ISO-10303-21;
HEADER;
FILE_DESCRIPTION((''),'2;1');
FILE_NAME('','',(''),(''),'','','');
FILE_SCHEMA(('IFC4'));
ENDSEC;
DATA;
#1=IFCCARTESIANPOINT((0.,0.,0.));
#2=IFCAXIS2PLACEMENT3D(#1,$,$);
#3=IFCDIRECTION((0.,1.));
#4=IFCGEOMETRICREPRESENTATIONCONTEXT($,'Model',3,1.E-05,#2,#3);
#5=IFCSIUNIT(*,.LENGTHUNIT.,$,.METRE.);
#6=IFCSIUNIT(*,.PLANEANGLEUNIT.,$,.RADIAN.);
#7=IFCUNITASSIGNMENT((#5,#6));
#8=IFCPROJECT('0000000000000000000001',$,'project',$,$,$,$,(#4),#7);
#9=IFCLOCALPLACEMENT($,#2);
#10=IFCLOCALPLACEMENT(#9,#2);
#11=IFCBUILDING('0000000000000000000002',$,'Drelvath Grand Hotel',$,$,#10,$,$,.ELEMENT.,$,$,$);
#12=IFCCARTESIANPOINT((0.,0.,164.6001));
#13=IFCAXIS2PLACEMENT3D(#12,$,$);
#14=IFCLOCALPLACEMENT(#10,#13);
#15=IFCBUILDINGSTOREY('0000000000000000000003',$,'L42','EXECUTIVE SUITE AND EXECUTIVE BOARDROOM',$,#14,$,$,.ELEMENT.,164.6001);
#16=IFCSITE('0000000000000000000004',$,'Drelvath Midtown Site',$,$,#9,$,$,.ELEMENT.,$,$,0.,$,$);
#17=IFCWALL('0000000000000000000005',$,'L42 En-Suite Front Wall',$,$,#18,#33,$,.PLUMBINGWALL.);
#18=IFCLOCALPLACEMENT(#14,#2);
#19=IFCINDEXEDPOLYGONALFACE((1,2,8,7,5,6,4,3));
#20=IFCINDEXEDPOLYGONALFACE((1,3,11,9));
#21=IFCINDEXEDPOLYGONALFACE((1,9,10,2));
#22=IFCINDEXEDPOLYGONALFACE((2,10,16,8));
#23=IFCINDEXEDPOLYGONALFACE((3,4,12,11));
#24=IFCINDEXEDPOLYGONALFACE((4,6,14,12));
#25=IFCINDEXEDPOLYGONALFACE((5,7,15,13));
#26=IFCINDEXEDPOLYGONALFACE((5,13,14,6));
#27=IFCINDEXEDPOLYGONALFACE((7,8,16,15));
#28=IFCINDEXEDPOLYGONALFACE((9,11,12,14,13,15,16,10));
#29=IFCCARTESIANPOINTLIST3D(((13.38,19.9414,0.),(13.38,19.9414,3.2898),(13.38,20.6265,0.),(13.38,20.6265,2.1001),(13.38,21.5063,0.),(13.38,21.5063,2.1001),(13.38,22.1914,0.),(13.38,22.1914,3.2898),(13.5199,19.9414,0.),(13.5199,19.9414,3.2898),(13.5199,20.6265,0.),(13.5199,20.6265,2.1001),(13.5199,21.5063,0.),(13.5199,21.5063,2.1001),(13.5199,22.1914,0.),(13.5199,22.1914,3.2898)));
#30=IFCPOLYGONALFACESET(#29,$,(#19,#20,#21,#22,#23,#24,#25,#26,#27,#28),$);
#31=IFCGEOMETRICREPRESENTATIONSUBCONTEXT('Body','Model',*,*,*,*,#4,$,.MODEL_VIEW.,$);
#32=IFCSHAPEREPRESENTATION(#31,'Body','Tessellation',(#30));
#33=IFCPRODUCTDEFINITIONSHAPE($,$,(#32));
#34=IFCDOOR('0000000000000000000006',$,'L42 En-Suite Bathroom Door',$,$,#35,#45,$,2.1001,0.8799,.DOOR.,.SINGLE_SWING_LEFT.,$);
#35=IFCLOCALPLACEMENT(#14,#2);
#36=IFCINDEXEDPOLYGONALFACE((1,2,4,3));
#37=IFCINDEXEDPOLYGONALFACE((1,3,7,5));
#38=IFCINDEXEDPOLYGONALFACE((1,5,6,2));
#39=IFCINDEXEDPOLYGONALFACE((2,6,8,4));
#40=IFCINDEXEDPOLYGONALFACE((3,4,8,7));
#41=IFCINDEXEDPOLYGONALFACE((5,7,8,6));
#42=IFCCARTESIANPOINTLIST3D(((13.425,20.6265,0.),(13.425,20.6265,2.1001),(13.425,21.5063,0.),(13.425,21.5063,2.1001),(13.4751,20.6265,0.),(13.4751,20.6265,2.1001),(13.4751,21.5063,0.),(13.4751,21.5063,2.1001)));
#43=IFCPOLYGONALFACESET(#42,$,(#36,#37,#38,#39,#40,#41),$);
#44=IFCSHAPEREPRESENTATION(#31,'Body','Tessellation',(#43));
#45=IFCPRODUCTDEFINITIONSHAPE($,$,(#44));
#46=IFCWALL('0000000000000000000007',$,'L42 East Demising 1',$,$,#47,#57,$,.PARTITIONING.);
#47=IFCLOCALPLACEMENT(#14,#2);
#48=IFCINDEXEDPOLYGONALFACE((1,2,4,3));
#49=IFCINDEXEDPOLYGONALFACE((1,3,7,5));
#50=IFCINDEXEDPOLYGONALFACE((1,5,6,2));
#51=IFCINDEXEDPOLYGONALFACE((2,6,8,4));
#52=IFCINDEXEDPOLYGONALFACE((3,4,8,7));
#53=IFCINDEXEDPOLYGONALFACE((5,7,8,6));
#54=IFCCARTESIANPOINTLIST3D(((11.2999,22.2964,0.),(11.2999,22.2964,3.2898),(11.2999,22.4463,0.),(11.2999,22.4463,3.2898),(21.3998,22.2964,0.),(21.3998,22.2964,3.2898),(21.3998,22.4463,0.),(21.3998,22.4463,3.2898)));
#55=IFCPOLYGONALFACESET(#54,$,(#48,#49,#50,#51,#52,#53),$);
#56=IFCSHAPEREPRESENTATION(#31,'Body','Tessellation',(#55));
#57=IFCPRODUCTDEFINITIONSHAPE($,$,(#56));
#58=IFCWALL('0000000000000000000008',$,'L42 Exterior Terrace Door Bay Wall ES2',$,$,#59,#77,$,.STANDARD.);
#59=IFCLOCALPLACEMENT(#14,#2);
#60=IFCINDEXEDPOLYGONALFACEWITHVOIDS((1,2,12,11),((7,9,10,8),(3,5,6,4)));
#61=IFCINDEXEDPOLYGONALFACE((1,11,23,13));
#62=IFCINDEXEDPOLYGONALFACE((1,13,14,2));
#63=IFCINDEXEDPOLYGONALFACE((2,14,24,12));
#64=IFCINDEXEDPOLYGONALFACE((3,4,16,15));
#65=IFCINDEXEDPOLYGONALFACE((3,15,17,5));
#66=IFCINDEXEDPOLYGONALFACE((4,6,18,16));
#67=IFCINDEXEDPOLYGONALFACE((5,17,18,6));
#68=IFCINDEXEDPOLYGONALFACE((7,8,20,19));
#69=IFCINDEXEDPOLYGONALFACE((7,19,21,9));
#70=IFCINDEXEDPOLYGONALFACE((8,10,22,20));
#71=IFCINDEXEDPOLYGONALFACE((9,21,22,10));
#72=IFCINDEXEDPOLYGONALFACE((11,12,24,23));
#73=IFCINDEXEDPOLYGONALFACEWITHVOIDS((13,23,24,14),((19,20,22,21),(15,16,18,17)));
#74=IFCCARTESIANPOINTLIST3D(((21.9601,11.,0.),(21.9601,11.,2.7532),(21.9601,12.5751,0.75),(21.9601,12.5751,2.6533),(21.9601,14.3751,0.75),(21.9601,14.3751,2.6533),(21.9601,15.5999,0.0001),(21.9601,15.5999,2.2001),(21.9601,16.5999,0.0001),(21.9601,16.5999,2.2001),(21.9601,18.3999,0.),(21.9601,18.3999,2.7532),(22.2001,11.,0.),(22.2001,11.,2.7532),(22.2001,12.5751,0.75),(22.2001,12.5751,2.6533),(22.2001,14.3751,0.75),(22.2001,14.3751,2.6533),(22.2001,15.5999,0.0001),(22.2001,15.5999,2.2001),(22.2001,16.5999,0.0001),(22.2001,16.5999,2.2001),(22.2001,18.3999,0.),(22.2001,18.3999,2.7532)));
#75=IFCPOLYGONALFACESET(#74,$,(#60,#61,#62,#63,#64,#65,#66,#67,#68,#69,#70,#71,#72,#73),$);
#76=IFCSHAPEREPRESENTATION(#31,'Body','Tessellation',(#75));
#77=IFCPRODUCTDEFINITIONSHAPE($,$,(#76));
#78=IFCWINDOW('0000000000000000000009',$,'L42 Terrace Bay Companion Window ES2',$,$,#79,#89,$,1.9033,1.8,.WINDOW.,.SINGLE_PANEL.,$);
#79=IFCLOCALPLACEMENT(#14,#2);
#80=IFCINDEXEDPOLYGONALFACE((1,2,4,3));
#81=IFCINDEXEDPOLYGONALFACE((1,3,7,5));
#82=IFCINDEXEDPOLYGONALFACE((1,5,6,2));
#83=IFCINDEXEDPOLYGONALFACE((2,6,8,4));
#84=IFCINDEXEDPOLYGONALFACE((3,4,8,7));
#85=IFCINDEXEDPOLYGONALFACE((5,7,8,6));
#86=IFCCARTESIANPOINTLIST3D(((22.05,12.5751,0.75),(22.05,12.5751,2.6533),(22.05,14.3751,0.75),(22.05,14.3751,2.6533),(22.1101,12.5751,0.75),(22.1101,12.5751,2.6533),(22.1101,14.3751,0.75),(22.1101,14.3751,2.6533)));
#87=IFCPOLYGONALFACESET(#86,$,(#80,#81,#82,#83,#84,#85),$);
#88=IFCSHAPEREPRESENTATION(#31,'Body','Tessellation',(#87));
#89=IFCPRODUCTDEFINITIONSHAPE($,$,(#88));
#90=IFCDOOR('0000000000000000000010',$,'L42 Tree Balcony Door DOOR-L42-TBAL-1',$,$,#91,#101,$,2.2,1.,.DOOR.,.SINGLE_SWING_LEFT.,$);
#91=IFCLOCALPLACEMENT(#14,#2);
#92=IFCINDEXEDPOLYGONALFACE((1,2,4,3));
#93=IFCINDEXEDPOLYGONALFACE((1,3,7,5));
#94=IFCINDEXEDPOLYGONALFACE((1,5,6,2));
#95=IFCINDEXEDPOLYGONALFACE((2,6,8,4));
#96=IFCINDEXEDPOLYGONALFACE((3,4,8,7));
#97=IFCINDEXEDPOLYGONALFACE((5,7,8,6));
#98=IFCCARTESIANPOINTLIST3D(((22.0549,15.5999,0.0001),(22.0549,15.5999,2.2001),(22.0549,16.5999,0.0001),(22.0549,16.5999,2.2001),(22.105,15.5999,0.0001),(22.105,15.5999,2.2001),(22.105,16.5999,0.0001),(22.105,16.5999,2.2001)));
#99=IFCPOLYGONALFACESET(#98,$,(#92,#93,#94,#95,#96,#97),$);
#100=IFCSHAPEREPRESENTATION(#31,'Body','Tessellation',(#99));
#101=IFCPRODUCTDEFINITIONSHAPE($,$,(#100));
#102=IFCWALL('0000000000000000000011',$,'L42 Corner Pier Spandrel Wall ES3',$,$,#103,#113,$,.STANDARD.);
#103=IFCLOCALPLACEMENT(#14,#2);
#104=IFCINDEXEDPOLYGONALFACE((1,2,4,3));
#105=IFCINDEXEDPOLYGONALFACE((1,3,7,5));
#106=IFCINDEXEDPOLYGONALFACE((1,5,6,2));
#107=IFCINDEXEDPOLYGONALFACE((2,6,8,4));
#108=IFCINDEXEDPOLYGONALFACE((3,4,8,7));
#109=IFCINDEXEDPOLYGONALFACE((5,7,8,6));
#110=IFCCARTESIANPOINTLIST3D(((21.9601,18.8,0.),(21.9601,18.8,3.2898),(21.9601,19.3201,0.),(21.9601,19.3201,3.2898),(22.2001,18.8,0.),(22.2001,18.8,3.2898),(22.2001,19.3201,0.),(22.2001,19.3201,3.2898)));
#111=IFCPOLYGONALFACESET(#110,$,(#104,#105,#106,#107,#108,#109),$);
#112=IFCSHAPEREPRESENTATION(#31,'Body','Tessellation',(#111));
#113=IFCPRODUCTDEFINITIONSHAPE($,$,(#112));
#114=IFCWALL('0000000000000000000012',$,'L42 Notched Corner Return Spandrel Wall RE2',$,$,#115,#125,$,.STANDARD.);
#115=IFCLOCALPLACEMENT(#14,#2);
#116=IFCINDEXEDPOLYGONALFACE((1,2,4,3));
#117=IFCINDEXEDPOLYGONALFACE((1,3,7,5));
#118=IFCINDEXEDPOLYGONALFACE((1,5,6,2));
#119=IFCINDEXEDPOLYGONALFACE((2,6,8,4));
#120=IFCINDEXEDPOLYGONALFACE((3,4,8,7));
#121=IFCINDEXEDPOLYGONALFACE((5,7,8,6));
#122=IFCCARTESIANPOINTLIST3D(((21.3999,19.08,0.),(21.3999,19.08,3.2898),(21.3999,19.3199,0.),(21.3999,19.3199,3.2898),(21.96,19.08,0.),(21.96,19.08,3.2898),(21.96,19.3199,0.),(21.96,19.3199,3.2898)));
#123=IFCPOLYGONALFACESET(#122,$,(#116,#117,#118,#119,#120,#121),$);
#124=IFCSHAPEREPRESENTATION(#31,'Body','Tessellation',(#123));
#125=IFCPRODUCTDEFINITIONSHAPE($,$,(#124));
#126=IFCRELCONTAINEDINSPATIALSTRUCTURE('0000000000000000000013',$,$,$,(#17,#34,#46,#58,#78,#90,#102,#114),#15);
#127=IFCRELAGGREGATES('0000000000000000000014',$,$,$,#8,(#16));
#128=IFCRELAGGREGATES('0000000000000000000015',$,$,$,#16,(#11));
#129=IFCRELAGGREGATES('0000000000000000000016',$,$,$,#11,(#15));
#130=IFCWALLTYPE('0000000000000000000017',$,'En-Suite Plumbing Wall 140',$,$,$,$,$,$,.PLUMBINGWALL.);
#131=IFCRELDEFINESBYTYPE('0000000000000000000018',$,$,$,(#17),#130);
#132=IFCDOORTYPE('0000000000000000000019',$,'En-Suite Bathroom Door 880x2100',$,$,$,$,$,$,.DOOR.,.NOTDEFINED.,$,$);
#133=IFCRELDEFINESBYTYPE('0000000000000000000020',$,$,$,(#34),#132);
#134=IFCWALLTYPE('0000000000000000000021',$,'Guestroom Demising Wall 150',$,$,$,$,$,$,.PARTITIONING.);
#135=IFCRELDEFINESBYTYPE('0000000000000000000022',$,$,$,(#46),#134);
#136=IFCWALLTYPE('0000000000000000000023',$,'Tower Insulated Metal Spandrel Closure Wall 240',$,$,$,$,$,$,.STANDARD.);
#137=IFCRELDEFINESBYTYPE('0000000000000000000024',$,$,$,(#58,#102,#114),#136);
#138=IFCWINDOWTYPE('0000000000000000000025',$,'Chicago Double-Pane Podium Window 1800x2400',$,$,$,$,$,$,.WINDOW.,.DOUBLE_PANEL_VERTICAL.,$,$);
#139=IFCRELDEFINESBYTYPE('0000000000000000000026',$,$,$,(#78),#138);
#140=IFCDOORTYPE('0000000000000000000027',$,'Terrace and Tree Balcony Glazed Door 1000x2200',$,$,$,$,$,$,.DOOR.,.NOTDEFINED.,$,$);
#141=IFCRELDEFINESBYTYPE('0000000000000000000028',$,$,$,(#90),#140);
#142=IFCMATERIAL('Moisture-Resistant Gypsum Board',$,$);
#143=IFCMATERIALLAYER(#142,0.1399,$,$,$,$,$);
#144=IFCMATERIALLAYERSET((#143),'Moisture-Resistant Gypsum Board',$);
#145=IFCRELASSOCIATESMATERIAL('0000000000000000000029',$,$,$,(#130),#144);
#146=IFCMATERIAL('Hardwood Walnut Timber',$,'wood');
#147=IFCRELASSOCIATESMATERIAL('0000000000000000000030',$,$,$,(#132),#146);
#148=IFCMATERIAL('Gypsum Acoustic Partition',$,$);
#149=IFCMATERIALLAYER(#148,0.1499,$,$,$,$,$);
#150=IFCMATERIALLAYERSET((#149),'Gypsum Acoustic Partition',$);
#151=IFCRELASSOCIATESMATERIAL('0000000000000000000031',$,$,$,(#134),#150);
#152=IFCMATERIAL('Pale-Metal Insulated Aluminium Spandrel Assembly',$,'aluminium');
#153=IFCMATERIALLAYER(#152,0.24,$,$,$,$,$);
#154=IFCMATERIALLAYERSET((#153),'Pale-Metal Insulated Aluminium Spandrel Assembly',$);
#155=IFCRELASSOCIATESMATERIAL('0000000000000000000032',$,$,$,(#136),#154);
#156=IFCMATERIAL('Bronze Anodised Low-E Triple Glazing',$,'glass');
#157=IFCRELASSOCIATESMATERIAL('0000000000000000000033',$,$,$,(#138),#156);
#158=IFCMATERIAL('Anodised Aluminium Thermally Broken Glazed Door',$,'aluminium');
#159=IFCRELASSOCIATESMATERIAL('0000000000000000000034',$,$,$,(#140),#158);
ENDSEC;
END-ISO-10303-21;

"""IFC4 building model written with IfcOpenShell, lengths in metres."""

from ifc_helpers import new_model, si_unit, direction, frame, frame_2d, origin, place, context, subcontext, project, spatial, rectangle, extrude, material, layer, layer_set, type_object, element, fill, save


model = new_model("IFC4")

# Units and contexts
model_context = context("Model", 3, precision=1e-05, world=origin(), true_north=direction((0.0, 1.0)))
body_context = subcontext(model_context, "Body", "Model", "MODEL_VIEW")
ifc_project = project(units=[si_unit("LENGTHUNIT", "METRE"), si_unit("PLANEANGLEUNIT", "RADIAN")], contexts=[model_context])

# Site, building, storey
site_placement = place(None, origin())
site = spatial("IfcSite", under=ifc_project, at=site_placement, Name="Drelvath Midtown Site", CompositionType="ELEMENT", RefElevation=0.0)
building_placement = place(site_placement, origin())
building = spatial("IfcBuilding", under=site, at=building_placement, Name="Drelvath Grand Hotel", CompositionType="ELEMENT")
storey_placement = place(building_placement, frame((0.0, 0.0, 164.6001)))
storey = spatial("IfcBuildingStorey", under=building, at=storey_placement, Name="L42", Description="EXECUTIVE SUITE AND EXECUTIVE BOARDROOM", CompositionType="ELEMENT", Elevation=164.6001)

# Shared definitions
ifc_material_1 = material(Name="Moisture-Resistant Gypsum Board")
ifc_layer_1 = layer(ifc_material_1, 0.1399)
ifc_layer_set_1 = layer_set([ifc_layer_1], Name="Moisture-Resistant Gypsum Board")
wall_type_1 = type_object("IfcWallType", Name="En-Suite Plumbing Wall 140", PredefinedType="PLUMBINGWALL", material=ifc_layer_set_1)

# Wall, opening, door
wall_1_placement = place(storey_placement, frame((13.45, 19.9414, 0.0), z_axis=(0.0, 0.0, 1.0), x_axis=(0.0, 1.0, 0.0)))
wall_1 = element("IfcWall", 1, at=wall_1_placement, inside=storey, type_object=wall_type_1, Name="L42 En-Suite Front Wall", PredefinedType="PLUMBINGWALL", context=body_context, shape_type="SweptSolid", body=[
    extrude(rectangle(XDim=2.25, YDim=0.1399, at=frame_2d((1.125, 0.0))), origin(), (0.0, 0.0, 1.0), 3.2898),
])
opening_1_placement = place(wall_1_placement, frame((0.6851, 0.0, 0.0)))
opening_1 = element("IfcOpeningElement", 2, at=opening_1_placement, cuts=wall_1, PredefinedType="OPENING", context=body_context, shape_type="SweptSolid", body=[
    extrude(rectangle(XDim=0.8799, YDim=2.1001, at=frame_2d((0.4399, 1.05))), frame((0.0, 0.0798, 0.0), z_axis=(0.0, -1.0, 0.0), x_axis=(1.0, 0.0, 0.0)), (0.0, 0.0, 1.0), 0.1599),
])
ifc_material_2 = material(Name="Hardwood Walnut Timber", Category="wood")
door_type_1 = type_object("IfcDoorType", Name="En-Suite Bathroom Door 880x2100", OperationType="NOTDEFINED", PredefinedType="DOOR", material=ifc_material_2)
door_1_placement = place(opening_1_placement, origin())
door_1 = element("IfcDoor", 3, at=door_1_placement, inside=storey, type_object=door_type_1, Name="L42 En-Suite Bathroom Door", OperationType="SINGLE_SWING_LEFT", OverallHeight=2.1001, OverallWidth=0.8799, PredefinedType="DOOR", context=body_context, shape_type="SweptSolid", body=[
    extrude(rectangle(XDim=0.8799, YDim=2.1001, at=frame_2d((0.4399, 1.05))), frame((0.0, 0.0249, 0.0), z_axis=(0.0, -1.0, 0.0), x_axis=(1.0, 0.0, 0.0)), (0.0, 0.0, 1.0), 0.05),
])
fill(opening_1, door_1)

# Wall
ifc_material_3 = material(Name="Gypsum Acoustic Partition")
ifc_layer_2 = layer(ifc_material_3, 0.1499)
ifc_layer_set_2 = layer_set([ifc_layer_2], Name="Gypsum Acoustic Partition")
wall_type_2 = type_object("IfcWallType", Name="Guestroom Demising Wall 150", PredefinedType="PARTITIONING", material=ifc_layer_set_2)
wall_2_placement = place(storey_placement, frame((11.3, 22.3713, 0.0), z_axis=(0.0, 0.0, 1.0), x_axis=(1.0, 0.0, 0.0)))
element("IfcWall", 4, at=wall_2_placement, inside=storey, type_object=wall_type_2, Name="L42 East Demising 1", PredefinedType="PARTITIONING", context=body_context, shape_type="SweptSolid", body=[
    extrude(rectangle(XDim=10.0999, YDim=0.1499, at=frame_2d((5.0498, 0.0))), origin(), (0.0, 0.0, 1.0), 3.2898),
])

# Wall, openings, window, door
ifc_material_4 = material(Name="Pale-Metal Insulated Aluminium Spandrel Assembly", Category="aluminium")
ifc_layer_3 = layer(ifc_material_4, 0.24)
ifc_layer_set_3 = layer_set([ifc_layer_3], Name="Pale-Metal Insulated Aluminium Spandrel Assembly")
wall_type_3 = type_object("IfcWallType", Name="Tower Insulated Metal Spandrel Closure Wall 240", PredefinedType="STANDARD", material=ifc_layer_set_3)
wall_3_placement = place(storey_placement, frame((22.0801, 18.3999, 0.0), z_axis=(0.0, 0.0, 1.0), x_axis=(0.0, -1.0, 0.0)))
wall_3 = element("IfcWall", 5, at=wall_3_placement, inside=storey, type_object=wall_type_3, Name="L42 Exterior Terrace Door Bay Wall ES2", PredefinedType="STANDARD", context=body_context, shape_type="SweptSolid", body=[
    extrude(rectangle(XDim=7.3999, YDim=0.24, at=frame_2d((3.7, 0.0))), origin(), (0.0, 0.0, 1.0), 2.7532),
])
opening_2_placement = place(wall_3_placement, frame((1.8, 0.0, 0.0)))
opening_2 = element("IfcOpeningElement", 6, at=opening_2_placement, cuts=wall_3, PredefinedType="OPENING", context=body_context, shape_type="SweptSolid", body=[
    extrude(rectangle(XDim=1.0, YDim=2.2, at=frame_2d((0.5, 1.1001))), frame((0.0, 0.1299, 0.0), z_axis=(0.0, -1.0, 0.0), x_axis=(1.0, 0.0, 0.0)), (0.0, 0.0, 1.0), 0.26),
])
opening_3_placement = place(wall_3_placement, frame((4.0249, 0.0, 0.75)))
opening_3 = element("IfcOpeningElement", 7, at=opening_3_placement, cuts=wall_3, PredefinedType="OPENING", context=body_context, shape_type="SweptSolid", body=[
    extrude(rectangle(XDim=1.8, YDim=1.9033, at=frame_2d((0.8999, 0.9517))), frame((0.0, 0.1299, 0.0), z_axis=(0.0, -1.0, 0.0), x_axis=(1.0, 0.0, 0.0)), (0.0, 0.0, 1.0), 0.26),
])
ifc_material_5 = material(Name="Bronze Anodised Low-E Triple Glazing", Category="glass")
window_type = type_object("IfcWindowType", Name="Chicago Double-Pane Podium Window 1800x2400", PartitioningType="DOUBLE_PANEL_VERTICAL", PredefinedType="WINDOW", material=ifc_material_5)
window_placement = place(opening_3_placement, origin())
window = element("IfcWindow", 8, at=window_placement, inside=storey, type_object=window_type, Name="L42 Terrace Bay Companion Window ES2", OverallHeight=1.9033, OverallWidth=1.8, PartitioningType="SINGLE_PANEL", PredefinedType="WINDOW", context=body_context, shape_type="SweptSolid", body=[
    extrude(rectangle(XDim=1.8, YDim=1.9033, at=frame_2d((0.8999, 0.9517))), frame((0.0, 0.03, 0.0), z_axis=(0.0, -1.0, 0.0), x_axis=(1.0, 0.0, 0.0)), (0.0, 0.0, 1.0), 0.0601),
])
fill(opening_3, window)
ifc_material_6 = material(Name="Anodised Aluminium Thermally Broken Glazed Door", Category="aluminium")
door_type_2 = type_object("IfcDoorType", Name="Terrace and Tree Balcony Glazed Door 1000x2200", OperationType="NOTDEFINED", PredefinedType="DOOR", material=ifc_material_6)
door_2_placement = place(opening_2_placement, origin())
door_2 = element("IfcDoor", 9, at=door_2_placement, inside=storey, type_object=door_type_2, Name="L42 Tree Balcony Door DOOR-L42-TBAL-1", OperationType="SINGLE_SWING_LEFT", OverallHeight=2.2, OverallWidth=1.0, PredefinedType="DOOR", context=body_context, shape_type="SweptSolid", body=[
    extrude(rectangle(XDim=1.0, YDim=2.2, at=frame_2d((0.5, 1.1001))), frame((0.0, 0.0249, 0.0), z_axis=(0.0, -1.0, 0.0), x_axis=(1.0, 0.0, 0.0)), (0.0, 0.0, 1.0), 0.05),
])
fill(opening_2, door_2)

# Walls
wall_4_placement = place(storey_placement, frame((22.0801, 19.3201, 0.0), z_axis=(0.0, 0.0, 1.0), x_axis=(0.0, -1.0, 0.0)))
element("IfcWall", 10, at=wall_4_placement, inside=storey, type_object=wall_type_3, Name="L42 Corner Pier Spandrel Wall ES3", PredefinedType="STANDARD", context=body_context, shape_type="SweptSolid", body=[
    extrude(rectangle(XDim=0.52, YDim=0.24, at=frame_2d((0.26, 0.0))), origin(), (0.0, 0.0, 1.0), 3.2898),
])
wall_5_placement = place(storey_placement, frame((21.3999, 19.2, 0.0), z_axis=(0.0, 0.0, 1.0), x_axis=(1.0, 0.0, 0.0)))
element("IfcWall", 11, at=wall_5_placement, inside=storey, type_object=wall_type_3, Name="L42 Notched Corner Return Spandrel Wall RE2", PredefinedType="STANDARD", context=body_context, shape_type="SweptSolid", body=[
    extrude(rectangle(XDim=0.5601, YDim=0.24, at=frame_2d((0.28, 0.0))), origin(), (0.0, 0.0, 1.0), 3.2898),
])

save(model, "model.ifc")
